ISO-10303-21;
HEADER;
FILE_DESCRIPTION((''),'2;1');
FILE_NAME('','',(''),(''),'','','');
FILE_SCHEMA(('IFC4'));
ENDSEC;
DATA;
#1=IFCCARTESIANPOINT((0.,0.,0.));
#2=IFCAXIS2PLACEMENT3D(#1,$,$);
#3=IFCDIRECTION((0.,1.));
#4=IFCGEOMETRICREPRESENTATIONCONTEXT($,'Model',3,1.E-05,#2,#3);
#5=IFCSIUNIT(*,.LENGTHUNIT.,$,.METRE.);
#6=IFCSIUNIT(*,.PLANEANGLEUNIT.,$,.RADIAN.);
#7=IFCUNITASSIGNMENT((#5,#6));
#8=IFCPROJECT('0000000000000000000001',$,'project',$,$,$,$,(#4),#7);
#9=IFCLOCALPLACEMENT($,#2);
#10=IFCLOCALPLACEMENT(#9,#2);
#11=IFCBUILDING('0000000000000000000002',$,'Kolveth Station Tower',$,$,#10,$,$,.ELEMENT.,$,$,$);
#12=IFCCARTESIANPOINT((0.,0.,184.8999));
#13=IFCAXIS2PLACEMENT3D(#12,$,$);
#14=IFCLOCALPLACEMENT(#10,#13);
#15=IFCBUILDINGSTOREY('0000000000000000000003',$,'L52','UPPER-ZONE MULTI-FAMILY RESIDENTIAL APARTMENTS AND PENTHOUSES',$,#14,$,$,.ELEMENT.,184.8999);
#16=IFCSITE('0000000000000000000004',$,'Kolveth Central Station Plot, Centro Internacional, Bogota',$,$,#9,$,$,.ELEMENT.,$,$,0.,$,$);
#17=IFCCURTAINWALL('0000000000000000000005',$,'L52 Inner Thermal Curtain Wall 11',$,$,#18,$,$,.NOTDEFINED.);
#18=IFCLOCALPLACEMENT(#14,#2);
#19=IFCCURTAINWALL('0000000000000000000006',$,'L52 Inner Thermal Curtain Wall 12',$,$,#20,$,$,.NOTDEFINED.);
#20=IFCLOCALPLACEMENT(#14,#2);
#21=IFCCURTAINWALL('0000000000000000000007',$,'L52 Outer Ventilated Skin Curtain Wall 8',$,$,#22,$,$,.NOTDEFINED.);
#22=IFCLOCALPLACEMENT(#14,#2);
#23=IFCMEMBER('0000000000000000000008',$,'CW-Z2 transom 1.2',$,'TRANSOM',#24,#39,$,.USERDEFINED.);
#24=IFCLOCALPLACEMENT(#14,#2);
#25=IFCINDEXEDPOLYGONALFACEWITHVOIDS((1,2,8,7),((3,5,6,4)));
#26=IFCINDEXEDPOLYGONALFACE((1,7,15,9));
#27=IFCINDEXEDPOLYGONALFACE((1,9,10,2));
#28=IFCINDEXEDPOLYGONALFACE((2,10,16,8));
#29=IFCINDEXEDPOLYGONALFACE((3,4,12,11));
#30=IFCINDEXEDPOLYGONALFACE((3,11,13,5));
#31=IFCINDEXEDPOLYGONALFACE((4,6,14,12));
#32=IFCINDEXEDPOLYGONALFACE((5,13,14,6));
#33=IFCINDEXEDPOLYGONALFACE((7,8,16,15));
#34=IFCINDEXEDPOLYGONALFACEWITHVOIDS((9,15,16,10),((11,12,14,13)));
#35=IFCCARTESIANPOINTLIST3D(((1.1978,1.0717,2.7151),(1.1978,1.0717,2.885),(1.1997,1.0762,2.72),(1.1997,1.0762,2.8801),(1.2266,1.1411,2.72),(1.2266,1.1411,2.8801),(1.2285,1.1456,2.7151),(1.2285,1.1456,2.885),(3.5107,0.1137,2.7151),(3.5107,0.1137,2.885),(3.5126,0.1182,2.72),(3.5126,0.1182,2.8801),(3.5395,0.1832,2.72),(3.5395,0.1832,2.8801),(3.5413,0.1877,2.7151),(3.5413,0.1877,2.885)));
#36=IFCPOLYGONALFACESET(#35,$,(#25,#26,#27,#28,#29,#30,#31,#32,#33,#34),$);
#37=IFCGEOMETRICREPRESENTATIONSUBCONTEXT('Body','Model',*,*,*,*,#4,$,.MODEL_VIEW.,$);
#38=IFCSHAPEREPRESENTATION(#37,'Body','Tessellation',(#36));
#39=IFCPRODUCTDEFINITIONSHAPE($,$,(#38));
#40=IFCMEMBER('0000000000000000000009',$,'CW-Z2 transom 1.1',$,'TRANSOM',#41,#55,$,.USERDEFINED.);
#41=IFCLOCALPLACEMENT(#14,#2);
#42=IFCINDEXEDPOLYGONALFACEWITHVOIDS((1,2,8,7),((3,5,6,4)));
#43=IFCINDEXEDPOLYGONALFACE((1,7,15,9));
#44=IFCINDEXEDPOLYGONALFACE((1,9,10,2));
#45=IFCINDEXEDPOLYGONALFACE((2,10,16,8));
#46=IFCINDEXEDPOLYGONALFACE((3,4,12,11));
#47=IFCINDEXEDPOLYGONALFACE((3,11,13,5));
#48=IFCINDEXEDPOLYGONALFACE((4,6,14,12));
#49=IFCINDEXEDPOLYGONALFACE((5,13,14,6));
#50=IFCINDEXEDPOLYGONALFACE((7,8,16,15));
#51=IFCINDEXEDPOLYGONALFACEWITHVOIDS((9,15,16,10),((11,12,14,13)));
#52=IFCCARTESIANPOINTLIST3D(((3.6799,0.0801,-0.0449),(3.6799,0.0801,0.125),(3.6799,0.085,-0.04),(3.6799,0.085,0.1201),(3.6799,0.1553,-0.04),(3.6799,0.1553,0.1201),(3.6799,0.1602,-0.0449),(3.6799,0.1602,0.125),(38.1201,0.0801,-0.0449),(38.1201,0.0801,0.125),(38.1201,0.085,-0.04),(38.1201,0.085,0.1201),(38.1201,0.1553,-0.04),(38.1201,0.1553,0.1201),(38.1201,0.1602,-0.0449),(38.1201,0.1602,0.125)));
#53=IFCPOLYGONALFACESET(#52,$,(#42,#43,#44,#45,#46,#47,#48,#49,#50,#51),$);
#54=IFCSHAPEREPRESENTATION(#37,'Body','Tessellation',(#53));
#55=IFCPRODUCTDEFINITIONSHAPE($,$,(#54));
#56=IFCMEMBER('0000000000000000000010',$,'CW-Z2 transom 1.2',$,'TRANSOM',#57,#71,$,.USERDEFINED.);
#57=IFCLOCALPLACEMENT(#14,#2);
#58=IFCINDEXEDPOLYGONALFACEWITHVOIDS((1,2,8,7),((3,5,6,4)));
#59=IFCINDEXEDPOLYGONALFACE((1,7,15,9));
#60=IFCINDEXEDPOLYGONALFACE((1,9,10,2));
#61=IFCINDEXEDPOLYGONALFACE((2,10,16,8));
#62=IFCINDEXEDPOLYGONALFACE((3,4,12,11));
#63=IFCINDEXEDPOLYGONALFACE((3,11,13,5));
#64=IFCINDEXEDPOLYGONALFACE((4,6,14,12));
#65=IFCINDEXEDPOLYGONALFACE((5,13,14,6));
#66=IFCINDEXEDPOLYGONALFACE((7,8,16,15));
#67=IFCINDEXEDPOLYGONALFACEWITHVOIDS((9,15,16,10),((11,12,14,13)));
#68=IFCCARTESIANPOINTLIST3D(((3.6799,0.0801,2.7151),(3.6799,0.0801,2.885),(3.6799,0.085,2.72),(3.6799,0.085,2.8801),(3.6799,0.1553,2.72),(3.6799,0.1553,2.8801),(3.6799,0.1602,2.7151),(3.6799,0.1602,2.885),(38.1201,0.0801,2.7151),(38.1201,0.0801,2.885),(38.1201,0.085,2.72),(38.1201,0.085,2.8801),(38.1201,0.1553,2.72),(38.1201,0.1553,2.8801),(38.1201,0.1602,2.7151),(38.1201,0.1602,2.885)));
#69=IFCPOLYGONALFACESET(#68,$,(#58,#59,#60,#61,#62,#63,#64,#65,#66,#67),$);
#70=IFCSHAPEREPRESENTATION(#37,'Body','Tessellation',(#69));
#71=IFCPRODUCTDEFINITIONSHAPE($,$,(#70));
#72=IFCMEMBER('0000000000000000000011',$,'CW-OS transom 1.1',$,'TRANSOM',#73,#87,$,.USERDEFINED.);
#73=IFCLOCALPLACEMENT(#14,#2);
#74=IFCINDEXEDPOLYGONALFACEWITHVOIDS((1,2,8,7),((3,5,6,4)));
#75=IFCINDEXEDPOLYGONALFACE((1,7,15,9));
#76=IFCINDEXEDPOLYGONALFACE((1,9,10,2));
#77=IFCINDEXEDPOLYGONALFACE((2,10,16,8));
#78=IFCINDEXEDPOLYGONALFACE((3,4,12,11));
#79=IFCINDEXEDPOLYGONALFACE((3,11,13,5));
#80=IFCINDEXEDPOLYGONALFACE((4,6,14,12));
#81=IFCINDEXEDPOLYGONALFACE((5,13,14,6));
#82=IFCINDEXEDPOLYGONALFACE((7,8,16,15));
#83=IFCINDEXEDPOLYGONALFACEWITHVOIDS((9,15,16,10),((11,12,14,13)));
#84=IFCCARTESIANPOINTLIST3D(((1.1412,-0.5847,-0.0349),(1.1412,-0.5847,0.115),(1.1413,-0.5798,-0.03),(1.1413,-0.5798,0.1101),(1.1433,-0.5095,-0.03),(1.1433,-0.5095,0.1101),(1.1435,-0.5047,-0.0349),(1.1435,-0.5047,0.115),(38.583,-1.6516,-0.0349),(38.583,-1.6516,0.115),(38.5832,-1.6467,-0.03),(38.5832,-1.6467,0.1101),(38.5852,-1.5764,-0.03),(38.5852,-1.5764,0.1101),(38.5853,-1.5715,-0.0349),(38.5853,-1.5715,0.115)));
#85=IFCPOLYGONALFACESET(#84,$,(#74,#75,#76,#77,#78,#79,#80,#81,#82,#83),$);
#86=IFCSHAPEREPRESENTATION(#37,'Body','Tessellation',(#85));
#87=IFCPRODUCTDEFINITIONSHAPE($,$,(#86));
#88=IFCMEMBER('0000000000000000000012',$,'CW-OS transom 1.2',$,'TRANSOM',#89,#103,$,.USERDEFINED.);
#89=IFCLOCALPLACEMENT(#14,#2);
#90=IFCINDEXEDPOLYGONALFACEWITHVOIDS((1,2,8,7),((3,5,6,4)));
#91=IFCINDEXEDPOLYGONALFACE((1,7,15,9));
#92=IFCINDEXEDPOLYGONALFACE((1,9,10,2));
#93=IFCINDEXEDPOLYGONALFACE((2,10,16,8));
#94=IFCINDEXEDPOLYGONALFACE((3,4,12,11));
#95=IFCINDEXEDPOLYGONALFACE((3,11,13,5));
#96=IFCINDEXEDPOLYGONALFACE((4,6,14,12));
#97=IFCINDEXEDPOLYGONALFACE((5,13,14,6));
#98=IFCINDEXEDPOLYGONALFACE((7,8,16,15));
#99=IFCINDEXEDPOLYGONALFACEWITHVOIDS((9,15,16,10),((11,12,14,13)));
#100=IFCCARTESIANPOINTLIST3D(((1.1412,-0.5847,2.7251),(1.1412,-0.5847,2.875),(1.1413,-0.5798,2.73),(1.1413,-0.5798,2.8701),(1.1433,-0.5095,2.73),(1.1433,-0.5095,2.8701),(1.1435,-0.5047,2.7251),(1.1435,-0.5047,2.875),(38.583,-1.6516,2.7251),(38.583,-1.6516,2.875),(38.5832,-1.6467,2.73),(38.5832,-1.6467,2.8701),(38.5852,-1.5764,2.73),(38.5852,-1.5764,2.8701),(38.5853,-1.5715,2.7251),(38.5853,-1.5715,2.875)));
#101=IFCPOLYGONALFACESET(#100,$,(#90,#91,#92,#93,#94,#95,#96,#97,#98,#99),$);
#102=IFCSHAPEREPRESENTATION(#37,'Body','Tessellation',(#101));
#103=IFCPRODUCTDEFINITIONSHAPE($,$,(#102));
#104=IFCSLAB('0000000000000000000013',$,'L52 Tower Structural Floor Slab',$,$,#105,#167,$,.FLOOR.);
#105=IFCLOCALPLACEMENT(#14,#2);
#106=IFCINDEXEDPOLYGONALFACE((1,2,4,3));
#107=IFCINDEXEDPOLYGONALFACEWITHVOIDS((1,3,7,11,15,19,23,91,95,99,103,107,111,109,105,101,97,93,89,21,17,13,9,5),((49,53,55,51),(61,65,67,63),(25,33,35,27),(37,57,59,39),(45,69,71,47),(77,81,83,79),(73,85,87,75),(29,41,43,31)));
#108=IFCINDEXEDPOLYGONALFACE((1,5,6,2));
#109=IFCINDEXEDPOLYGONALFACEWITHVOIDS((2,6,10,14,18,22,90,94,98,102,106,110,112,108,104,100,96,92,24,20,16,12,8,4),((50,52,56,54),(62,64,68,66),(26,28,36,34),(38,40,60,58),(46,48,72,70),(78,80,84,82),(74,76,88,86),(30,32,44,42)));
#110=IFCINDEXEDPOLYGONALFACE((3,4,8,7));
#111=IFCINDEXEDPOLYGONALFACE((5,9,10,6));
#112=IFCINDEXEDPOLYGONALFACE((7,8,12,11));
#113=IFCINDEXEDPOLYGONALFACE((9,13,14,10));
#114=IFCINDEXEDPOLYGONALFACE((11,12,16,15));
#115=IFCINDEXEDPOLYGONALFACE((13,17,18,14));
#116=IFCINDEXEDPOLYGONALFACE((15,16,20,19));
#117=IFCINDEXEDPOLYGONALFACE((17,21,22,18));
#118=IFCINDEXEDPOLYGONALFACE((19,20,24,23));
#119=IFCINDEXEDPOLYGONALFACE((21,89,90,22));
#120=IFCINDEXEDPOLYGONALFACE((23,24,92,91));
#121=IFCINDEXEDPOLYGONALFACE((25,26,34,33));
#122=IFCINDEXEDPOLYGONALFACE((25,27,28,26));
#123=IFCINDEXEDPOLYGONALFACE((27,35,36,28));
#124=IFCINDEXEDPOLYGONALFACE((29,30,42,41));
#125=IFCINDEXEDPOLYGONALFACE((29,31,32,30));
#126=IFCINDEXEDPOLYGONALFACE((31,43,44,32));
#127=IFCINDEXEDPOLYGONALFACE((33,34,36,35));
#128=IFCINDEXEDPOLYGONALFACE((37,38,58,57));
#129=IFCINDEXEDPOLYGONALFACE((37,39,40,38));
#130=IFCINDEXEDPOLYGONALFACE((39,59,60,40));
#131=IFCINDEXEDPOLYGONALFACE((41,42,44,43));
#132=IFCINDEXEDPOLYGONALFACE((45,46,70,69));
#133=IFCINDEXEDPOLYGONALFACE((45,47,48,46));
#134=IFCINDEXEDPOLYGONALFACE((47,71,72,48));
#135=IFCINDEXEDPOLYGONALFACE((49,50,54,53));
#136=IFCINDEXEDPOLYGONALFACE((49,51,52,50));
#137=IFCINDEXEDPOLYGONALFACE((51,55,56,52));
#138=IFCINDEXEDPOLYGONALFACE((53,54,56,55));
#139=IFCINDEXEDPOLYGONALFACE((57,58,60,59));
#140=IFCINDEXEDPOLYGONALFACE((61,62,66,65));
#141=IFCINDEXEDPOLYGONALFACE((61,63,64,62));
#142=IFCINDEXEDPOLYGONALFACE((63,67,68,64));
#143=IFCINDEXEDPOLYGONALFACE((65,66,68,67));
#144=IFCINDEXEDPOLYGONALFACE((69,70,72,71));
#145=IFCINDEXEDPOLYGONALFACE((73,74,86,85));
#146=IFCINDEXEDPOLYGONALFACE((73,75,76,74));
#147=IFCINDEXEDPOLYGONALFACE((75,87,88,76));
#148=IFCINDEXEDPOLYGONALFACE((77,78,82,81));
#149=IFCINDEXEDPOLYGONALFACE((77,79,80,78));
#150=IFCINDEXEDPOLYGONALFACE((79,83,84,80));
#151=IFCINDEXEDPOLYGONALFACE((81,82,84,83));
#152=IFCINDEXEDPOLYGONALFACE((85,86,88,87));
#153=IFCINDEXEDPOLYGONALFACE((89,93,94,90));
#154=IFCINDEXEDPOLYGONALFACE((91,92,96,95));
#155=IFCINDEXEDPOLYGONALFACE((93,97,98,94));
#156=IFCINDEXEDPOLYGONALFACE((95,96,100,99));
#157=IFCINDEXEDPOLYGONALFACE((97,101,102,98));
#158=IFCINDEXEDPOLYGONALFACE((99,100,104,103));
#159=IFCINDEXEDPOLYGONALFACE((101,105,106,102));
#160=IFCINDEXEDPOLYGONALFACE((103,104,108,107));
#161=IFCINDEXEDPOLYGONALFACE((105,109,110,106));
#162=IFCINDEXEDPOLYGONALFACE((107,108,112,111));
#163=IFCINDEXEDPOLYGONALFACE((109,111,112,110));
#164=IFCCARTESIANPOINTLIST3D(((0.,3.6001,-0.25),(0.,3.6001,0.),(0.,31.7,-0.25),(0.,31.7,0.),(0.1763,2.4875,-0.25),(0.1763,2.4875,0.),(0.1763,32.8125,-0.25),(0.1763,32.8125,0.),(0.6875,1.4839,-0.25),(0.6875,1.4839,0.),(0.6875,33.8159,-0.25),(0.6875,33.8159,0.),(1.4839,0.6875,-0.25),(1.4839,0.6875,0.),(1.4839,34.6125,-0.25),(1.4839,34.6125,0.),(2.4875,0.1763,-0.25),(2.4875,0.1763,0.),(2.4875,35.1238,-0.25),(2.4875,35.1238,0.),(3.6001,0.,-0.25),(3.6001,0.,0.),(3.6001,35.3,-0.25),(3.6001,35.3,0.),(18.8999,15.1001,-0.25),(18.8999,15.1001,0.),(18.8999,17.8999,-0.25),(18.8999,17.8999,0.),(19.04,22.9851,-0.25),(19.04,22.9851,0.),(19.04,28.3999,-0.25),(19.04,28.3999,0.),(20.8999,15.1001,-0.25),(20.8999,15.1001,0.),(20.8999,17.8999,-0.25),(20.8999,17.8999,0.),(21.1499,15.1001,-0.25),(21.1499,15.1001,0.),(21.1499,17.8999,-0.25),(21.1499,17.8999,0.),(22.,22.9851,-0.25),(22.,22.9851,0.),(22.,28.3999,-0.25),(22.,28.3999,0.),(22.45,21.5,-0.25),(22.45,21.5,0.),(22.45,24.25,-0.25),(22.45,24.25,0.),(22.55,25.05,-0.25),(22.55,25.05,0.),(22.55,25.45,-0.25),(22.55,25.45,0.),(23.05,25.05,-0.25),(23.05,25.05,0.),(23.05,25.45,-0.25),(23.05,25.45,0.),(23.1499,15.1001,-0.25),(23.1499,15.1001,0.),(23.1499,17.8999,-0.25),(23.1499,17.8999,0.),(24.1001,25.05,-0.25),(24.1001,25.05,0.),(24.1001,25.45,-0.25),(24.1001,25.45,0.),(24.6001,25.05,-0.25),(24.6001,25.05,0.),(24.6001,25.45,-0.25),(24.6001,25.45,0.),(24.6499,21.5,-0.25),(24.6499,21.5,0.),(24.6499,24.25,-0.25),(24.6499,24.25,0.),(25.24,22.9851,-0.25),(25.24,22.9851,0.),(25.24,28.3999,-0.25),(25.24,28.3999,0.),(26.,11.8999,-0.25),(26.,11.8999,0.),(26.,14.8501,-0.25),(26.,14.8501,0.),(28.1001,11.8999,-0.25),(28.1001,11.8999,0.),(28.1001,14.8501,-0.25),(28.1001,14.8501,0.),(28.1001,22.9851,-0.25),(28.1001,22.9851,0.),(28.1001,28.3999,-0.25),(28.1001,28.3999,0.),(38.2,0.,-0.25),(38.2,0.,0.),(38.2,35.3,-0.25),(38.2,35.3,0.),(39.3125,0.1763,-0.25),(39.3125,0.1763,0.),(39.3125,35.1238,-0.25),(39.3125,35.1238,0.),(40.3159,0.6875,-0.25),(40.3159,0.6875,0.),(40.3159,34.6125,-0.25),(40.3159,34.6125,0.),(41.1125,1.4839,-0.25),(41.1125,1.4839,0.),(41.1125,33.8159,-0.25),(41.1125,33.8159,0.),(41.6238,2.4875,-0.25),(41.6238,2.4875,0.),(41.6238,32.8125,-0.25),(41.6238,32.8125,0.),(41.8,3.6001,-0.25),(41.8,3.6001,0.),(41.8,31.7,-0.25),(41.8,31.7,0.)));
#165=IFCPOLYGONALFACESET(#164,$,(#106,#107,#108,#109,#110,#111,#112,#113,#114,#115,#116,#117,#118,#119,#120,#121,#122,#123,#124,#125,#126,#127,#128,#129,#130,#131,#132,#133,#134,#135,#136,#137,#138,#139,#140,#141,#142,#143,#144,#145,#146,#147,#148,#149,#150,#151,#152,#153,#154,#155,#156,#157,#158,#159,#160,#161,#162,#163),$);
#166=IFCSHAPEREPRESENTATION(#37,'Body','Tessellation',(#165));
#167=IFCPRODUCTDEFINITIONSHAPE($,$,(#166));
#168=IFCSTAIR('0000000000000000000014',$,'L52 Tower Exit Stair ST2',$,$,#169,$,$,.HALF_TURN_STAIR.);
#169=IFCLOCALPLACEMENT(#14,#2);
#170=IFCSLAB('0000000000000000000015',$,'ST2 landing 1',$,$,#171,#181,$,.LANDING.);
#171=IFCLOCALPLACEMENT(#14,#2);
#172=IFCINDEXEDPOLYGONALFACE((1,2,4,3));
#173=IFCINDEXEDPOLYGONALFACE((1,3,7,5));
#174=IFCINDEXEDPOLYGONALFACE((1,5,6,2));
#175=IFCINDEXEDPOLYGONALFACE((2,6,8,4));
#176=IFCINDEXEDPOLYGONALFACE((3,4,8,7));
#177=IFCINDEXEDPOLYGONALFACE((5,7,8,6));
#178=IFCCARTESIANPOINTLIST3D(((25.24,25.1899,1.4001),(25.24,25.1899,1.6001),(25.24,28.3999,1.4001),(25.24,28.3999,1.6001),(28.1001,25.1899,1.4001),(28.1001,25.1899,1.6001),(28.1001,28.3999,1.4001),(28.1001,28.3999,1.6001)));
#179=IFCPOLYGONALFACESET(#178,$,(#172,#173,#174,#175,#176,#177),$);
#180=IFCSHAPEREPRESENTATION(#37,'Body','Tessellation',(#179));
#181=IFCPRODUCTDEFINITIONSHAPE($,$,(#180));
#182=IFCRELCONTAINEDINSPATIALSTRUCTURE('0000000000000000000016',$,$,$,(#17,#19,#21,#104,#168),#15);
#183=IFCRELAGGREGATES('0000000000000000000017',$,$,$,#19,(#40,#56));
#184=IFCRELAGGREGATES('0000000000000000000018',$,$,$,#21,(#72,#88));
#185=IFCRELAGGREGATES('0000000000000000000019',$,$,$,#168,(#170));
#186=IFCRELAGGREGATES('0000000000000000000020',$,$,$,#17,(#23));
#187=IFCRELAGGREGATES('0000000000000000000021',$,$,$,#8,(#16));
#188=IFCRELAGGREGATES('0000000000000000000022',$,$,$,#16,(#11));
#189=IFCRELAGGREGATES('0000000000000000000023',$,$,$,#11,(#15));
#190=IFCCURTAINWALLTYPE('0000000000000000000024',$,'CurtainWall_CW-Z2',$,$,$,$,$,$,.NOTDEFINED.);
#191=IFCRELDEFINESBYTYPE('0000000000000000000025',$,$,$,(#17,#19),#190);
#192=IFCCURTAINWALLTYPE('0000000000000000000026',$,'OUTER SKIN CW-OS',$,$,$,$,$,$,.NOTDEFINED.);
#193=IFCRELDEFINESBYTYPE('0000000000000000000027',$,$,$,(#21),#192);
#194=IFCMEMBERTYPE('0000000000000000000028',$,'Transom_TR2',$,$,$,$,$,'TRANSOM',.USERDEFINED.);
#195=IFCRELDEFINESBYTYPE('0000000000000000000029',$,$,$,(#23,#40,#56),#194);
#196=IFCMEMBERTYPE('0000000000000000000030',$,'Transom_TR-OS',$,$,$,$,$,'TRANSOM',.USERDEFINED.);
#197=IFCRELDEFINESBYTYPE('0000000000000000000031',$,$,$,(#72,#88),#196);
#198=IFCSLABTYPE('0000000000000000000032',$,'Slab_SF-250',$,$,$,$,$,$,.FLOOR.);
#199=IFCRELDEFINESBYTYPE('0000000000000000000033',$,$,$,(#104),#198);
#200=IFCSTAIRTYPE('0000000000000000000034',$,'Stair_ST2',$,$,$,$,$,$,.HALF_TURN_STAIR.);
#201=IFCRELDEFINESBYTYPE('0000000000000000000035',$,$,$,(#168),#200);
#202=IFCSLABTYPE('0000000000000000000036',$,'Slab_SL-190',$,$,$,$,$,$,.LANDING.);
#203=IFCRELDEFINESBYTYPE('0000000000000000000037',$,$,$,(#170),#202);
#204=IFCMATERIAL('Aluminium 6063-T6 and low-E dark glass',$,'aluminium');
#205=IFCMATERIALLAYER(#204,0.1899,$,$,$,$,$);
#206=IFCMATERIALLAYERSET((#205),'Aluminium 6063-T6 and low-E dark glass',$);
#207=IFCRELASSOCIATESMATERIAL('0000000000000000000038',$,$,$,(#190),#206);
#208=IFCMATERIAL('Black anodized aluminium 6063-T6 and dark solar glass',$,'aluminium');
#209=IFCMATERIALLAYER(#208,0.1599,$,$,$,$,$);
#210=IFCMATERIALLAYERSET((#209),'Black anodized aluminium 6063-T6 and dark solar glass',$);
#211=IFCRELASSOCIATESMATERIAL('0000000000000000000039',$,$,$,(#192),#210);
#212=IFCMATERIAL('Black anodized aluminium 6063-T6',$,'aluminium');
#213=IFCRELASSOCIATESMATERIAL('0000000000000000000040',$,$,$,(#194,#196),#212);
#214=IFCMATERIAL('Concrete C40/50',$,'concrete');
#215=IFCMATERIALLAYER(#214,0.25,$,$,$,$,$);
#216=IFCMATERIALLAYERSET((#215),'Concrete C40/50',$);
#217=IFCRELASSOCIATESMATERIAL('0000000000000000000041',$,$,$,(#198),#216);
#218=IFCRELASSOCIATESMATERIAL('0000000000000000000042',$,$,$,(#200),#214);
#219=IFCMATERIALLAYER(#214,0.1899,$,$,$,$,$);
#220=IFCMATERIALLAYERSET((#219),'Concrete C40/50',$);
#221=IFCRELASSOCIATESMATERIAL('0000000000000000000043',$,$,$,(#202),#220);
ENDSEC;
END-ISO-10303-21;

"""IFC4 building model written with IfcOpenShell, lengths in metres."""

from ifc_helpers import new_model, si_unit, direction, frame, origin, origin_2d, place, context, subcontext, project, spatial, polyline, hollow_rectangle, outline, extrude, source, transform, mapped, material, layer, layer_set, material_profile, profile_set, type_object, element, aggregate, save


model = new_model("IFC4")

# Units and contexts
model_context = context("Model", 3, precision=1e-05, world=origin(), true_north=direction((0.0, 1.0)))
body_context = subcontext(model_context, "Body", "Model", "MODEL_VIEW")
ifc_project = project(units=[si_unit("LENGTHUNIT", "METRE"), si_unit("PLANEANGLEUNIT", "RADIAN")], contexts=[model_context])

# Site, building, storey
site_placement = place(None, origin())
site = spatial("IfcSite", under=ifc_project, at=site_placement, Name="Kolveth Central Station Plot, Centro Internacional, Bogota", CompositionType="ELEMENT", RefElevation=0.0)
building_placement = place(site_placement, origin())
building = spatial("IfcBuilding", under=site, at=building_placement, Name="Kolveth Station Tower", CompositionType="ELEMENT")
storey_placement = place(building_placement, frame((0.0, 0.0, 184.8999)))
storey = spatial("IfcBuildingStorey", under=building, at=storey_placement, Name="L52", Description="UPPER-ZONE MULTI-FAMILY RESIDENTIAL APARTMENTS AND PENTHOUSES", CompositionType="ELEMENT", Elevation=184.8999)

# Shared definitions
ifc_material_1 = material(Name="Aluminium 6063-T6 and low-E dark glass", Category="aluminium")
ifc_layer_1 = layer(ifc_material_1, 0.1899)
ifc_layer_set_1 = layer_set([ifc_layer_1], Name="Aluminium 6063-T6 and low-E dark glass")
curtain_wall_type_1 = type_object("IfcCurtainWallType", Name="CurtainWall_CW-Z2", PredefinedType="NOTDEFINED", material=ifc_layer_set_1)
ifc_material_2 = material(Name="Black anodized aluminium 6063-T6", Category="aluminium")

# Curtain wall
curtain_wall_1_placement = place(storey_placement, origin())
curtain_wall_1 = element("IfcCurtainWall", 1, at=curtain_wall_1_placement, inside=storey, type_object=curtain_wall_type_1, Name="L52 Inner Thermal Curtain Wall 11", PredefinedType="NOTDEFINED")

# Curtain walls
curtain_wall_2_placement = place(storey_placement, origin())
curtain_wall_2 = element("IfcCurtainWall", 2, at=curtain_wall_2_placement, inside=storey, type_object=curtain_wall_type_1, Name="L52 Inner Thermal Curtain Wall 12", PredefinedType="NOTDEFINED")
ifc_material_3 = material(Name="Black anodized aluminium 6063-T6 and dark solar glass", Category="aluminium")
ifc_layer_2 = layer(ifc_material_3, 0.1599)
ifc_layer_set_2 = layer_set([ifc_layer_2], Name="Black anodized aluminium 6063-T6 and dark solar glass")
curtain_wall_type_2 = type_object("IfcCurtainWallType", Name="OUTER SKIN CW-OS", PredefinedType="NOTDEFINED", material=ifc_layer_set_2)
curtain_wall_3_placement = place(storey_placement, origin())
curtain_wall_3 = element("IfcCurtainWall", 3, at=curtain_wall_3_placement, inside=storey, type_object=curtain_wall_type_2, Name="L52 Outer Ventilated Skin Curtain Wall 8", PredefinedType="NOTDEFINED")

# Members
ifc_material_profile_1 = material_profile(ifc_material_2, hollow_rectangle(XDim=0.0801, YDim=0.1699, WallThickness=0.0049, at=origin_2d()), Name="ALU-80x170x5")
ifc_profile_set_1 = profile_set([ifc_material_profile_1], Name="Black anodized aluminium 6063-T6")
member_type_1 = type_object("IfcMemberType", Name="Transom_TR2", ElementType="TRANSOM", PredefinedType="USERDEFINED", material=ifc_profile_set_1)
shared_shape_1 = source(origin(), body_context, "Body", "SweptSolid", [
    extrude(hollow_rectangle(XDim=0.0801, YDim=0.1699, WallThickness=0.0049, at=origin_2d()), origin(), (0.0, 0.0, 1.0), 2.5034),
])
member_1_placement = place(storey_placement, frame((1.2131, 1.1086, 2.8), z_axis=(0.923888, -0.382662, 0.0), x_axis=(0.382662, 0.923888, 0.0)))
member_1 = element("IfcMember", 4, at=member_1_placement, type_object=member_type_1, Name="CW-Z2 transom 1.2", ObjectType="TRANSOM", PredefinedType="USERDEFINED", context=body_context, shape_type="MappedRepresentation", body=[
    mapped(shared_shape_1, transform((0.0, 0.0, 0.0), x_axis=(1.0, 0.0, 0.0), y_axis=(0.0, 1.0, 0.0), z_axis=(0.0, 0.0, 1.0), scale=1.0)),
])
shared_shape_2 = source(origin(), body_context, "Body", "SweptSolid", [
    extrude(hollow_rectangle(XDim=0.0801, YDim=0.1699, WallThickness=0.0049, at=origin_2d()), origin(), (0.0, 0.0, 1.0), 34.4402),
])
member_2_placement = place(storey_placement, frame((3.6799, 0.1201, 0.04), z_axis=(1.0, 0.0, 0.0), x_axis=(0.0, 1.0, 0.0)))
member_2 = element("IfcMember", 5, at=member_2_placement, type_object=member_type_1, Name="CW-Z2 transom 1.1", ObjectType="TRANSOM", PredefinedType="USERDEFINED", context=body_context, shape_type="MappedRepresentation", body=[
    mapped(shared_shape_2, transform((0.0, 0.0, 0.0), x_axis=(1.0, 0.0, 0.0), y_axis=(0.0, 1.0, 0.0), z_axis=(0.0, 0.0, 1.0), scale=1.0)),
])
member_3_placement = place(storey_placement, frame((3.6799, 0.1201, 2.8), z_axis=(1.0, 0.0, 0.0), x_axis=(0.0, 1.0, 0.0)))
member_3 = element("IfcMember", 6, at=member_3_placement, type_object=member_type_1, Name="CW-Z2 transom 1.2", ObjectType="TRANSOM", PredefinedType="USERDEFINED", context=body_context, shape_type="MappedRepresentation", body=[
    mapped(shared_shape_2, transform((0.0, 0.0, 0.0), x_axis=(1.0, 0.0, 0.0), y_axis=(0.0, 1.0, 0.0), z_axis=(0.0, 0.0, 1.0), scale=1.0)),
])
aggregate(curtain_wall_2, [member_2, member_3])
ifc_material_profile_2 = material_profile(ifc_material_2, hollow_rectangle(XDim=0.0801, YDim=0.1499, WallThickness=0.0049, at=origin_2d()), Name="ALU-80x150x5")
ifc_profile_set_2 = profile_set([ifc_material_profile_2], Name="Black anodized aluminium 6063-T6")
member_type_2 = type_object("IfcMemberType", Name="Transom_TR-OS", ElementType="TRANSOM", PredefinedType="USERDEFINED", material=ifc_profile_set_2)
shared_shape_3 = source(origin(), body_context, "Body", "SweptSolid", [
    extrude(hollow_rectangle(XDim=0.0801, YDim=0.1499, WallThickness=0.0049, at=origin_2d()), origin(), (0.0, 0.0, 1.0), 37.457),
])
member_4_placement = place(storey_placement, frame((1.1423, -0.5447, 0.04), z_axis=(0.999594, -0.028483, 0.0), x_axis=(0.028483, 0.999594, 0.0)))
member_4 = element("IfcMember", 7, at=member_4_placement, type_object=member_type_2, Name="CW-OS transom 1.1", ObjectType="TRANSOM", PredefinedType="USERDEFINED", context=body_context, shape_type="MappedRepresentation", body=[
    mapped(shared_shape_3, transform((0.0, 0.0, 0.0), x_axis=(1.0, 0.0, 0.0), y_axis=(0.0, 1.0, 0.0), z_axis=(0.0, 0.0, 1.0), scale=1.0)),
])
member_5_placement = place(storey_placement, frame((1.1423, -0.5447, 2.8), z_axis=(0.999594, -0.028483, 0.0), x_axis=(0.028483, 0.999594, 0.0)))
member_5 = element("IfcMember", 8, at=member_5_placement, type_object=member_type_2, Name="CW-OS transom 1.2", ObjectType="TRANSOM", PredefinedType="USERDEFINED", context=body_context, shape_type="MappedRepresentation", body=[
    mapped(shared_shape_3, transform((0.0, 0.0, 0.0), x_axis=(1.0, 0.0, 0.0), y_axis=(0.0, 1.0, 0.0), z_axis=(0.0, 0.0, 1.0), scale=1.0)),
])
aggregate(curtain_wall_3, [member_4, member_5])

# Slab
ifc_material_4 = material(Name="Concrete C40/50", Category="concrete")
ifc_layer_3 = layer(ifc_material_4, 0.25)
ifc_layer_set_3 = layer_set([ifc_layer_3], Name="Concrete C40/50")
slab_type_1 = type_object("IfcSlabType", Name="Slab_SF-250", PredefinedType="FLOOR", material=ifc_layer_set_3)
slab_1_placement = place(storey_placement, frame((0.0, 0.0, -0.25)))
element("IfcSlab", 9, at=slab_1_placement, inside=storey, type_object=slab_type_1, Name="L52 Tower Structural Floor Slab", PredefinedType="FLOOR", context=body_context, shape_type="SweptSolid", body=[
    extrude(outline(polyline([(38.2, 0.0), (39.3125, 0.1763), (40.3159, 0.6875), (41.1125, 1.4839), (41.6238, 2.4875), (41.8, 3.6001), (41.8, 31.7), (41.6238, 32.8125), (41.1125, 33.8159), (40.3159, 34.6125), (39.3125, 35.1238), (38.2, 35.3), (3.6001, 35.3), (2.4875, 35.1238), (1.4839, 34.6125), (0.6875, 33.8159), (0.1763, 32.8125), (0.0, 31.7), (0.0, 3.6001), (0.1763, 2.4875), (0.6875, 1.4839), (1.4839, 0.6875), (2.4875, 0.1763), (3.6001, 0.0), (38.2, 0.0)]), holes=[polyline([(19.04, 22.9851), (22.0, 22.9851), (22.0, 28.3999), (19.04, 28.3999), (19.04, 22.9851)]), polyline([(25.24, 22.9851), (28.1001, 22.9851), (28.1001, 28.3999), (25.24, 28.3999), (25.24, 22.9851)]), polyline([(18.8999, 15.1001), (20.8999, 15.1001), (20.8999, 17.8999), (18.8999, 17.8999), (18.8999, 15.1001)]), polyline([(21.1499, 15.1001), (23.1499, 15.1001), (23.1499, 17.8999), (21.1499, 17.8999), (21.1499, 15.1001)]), polyline([(22.45, 21.5), (24.6499, 21.5), (24.6499, 24.25), (22.45, 24.25), (22.45, 21.5)]), polyline([(26.0, 11.8999), (28.1001, 11.8999), (28.1001, 14.8501), (26.0, 14.8501), (26.0, 11.8999)]), polyline([(22.55, 25.05), (23.05, 25.05), (23.05, 25.45), (22.55, 25.45), (22.55, 25.05)]), polyline([(24.1001, 25.05), (24.6001, 25.05), (24.6001, 25.45), (24.1001, 25.45), (24.1001, 25.05)])]), origin(), (0.0, 0.0, 1.0), 0.25),
])

# Stair, slab
stair_type_1 = type_object("IfcStairType", Name="Stair_ST2", PredefinedType="HALF_TURN_STAIR", material=ifc_material_4)
stair_1_placement = place(storey_placement, origin())
stair_1 = element("IfcStair", 10, at=stair_1_placement, inside=storey, type_object=stair_type_1, Name="L52 Tower Exit Stair ST2", PredefinedType="HALF_TURN_STAIR")
ifc_layer_4 = layer(ifc_material_4, 0.1899)
ifc_layer_set_4 = layer_set([ifc_layer_4], Name="Concrete C40/50")
slab_type_2 = type_object("IfcSlabType", Name="Slab_SL-190", PredefinedType="LANDING", material=ifc_layer_set_4)
slab_2_placement = place(storey_placement, frame((0.0, 0.0, 1.4001)))
slab_2 = element("IfcSlab", 11, at=slab_2_placement, type_object=slab_type_2, Name="ST2 landing 1", PredefinedType="LANDING", context=body_context, shape_type="SweptSolid", body=[
    extrude(outline(polyline([(28.1001, 25.1899), (28.1001, 28.3999), (25.24, 28.3999), (25.24, 25.1899), (28.1001, 25.1899)])), origin(), (0.0, 0.0, 1.0), 0.2),
])
aggregate(stair_1, [slab_2])

aggregate(curtain_wall_1, [member_1])

save(model, "model.ifc")
